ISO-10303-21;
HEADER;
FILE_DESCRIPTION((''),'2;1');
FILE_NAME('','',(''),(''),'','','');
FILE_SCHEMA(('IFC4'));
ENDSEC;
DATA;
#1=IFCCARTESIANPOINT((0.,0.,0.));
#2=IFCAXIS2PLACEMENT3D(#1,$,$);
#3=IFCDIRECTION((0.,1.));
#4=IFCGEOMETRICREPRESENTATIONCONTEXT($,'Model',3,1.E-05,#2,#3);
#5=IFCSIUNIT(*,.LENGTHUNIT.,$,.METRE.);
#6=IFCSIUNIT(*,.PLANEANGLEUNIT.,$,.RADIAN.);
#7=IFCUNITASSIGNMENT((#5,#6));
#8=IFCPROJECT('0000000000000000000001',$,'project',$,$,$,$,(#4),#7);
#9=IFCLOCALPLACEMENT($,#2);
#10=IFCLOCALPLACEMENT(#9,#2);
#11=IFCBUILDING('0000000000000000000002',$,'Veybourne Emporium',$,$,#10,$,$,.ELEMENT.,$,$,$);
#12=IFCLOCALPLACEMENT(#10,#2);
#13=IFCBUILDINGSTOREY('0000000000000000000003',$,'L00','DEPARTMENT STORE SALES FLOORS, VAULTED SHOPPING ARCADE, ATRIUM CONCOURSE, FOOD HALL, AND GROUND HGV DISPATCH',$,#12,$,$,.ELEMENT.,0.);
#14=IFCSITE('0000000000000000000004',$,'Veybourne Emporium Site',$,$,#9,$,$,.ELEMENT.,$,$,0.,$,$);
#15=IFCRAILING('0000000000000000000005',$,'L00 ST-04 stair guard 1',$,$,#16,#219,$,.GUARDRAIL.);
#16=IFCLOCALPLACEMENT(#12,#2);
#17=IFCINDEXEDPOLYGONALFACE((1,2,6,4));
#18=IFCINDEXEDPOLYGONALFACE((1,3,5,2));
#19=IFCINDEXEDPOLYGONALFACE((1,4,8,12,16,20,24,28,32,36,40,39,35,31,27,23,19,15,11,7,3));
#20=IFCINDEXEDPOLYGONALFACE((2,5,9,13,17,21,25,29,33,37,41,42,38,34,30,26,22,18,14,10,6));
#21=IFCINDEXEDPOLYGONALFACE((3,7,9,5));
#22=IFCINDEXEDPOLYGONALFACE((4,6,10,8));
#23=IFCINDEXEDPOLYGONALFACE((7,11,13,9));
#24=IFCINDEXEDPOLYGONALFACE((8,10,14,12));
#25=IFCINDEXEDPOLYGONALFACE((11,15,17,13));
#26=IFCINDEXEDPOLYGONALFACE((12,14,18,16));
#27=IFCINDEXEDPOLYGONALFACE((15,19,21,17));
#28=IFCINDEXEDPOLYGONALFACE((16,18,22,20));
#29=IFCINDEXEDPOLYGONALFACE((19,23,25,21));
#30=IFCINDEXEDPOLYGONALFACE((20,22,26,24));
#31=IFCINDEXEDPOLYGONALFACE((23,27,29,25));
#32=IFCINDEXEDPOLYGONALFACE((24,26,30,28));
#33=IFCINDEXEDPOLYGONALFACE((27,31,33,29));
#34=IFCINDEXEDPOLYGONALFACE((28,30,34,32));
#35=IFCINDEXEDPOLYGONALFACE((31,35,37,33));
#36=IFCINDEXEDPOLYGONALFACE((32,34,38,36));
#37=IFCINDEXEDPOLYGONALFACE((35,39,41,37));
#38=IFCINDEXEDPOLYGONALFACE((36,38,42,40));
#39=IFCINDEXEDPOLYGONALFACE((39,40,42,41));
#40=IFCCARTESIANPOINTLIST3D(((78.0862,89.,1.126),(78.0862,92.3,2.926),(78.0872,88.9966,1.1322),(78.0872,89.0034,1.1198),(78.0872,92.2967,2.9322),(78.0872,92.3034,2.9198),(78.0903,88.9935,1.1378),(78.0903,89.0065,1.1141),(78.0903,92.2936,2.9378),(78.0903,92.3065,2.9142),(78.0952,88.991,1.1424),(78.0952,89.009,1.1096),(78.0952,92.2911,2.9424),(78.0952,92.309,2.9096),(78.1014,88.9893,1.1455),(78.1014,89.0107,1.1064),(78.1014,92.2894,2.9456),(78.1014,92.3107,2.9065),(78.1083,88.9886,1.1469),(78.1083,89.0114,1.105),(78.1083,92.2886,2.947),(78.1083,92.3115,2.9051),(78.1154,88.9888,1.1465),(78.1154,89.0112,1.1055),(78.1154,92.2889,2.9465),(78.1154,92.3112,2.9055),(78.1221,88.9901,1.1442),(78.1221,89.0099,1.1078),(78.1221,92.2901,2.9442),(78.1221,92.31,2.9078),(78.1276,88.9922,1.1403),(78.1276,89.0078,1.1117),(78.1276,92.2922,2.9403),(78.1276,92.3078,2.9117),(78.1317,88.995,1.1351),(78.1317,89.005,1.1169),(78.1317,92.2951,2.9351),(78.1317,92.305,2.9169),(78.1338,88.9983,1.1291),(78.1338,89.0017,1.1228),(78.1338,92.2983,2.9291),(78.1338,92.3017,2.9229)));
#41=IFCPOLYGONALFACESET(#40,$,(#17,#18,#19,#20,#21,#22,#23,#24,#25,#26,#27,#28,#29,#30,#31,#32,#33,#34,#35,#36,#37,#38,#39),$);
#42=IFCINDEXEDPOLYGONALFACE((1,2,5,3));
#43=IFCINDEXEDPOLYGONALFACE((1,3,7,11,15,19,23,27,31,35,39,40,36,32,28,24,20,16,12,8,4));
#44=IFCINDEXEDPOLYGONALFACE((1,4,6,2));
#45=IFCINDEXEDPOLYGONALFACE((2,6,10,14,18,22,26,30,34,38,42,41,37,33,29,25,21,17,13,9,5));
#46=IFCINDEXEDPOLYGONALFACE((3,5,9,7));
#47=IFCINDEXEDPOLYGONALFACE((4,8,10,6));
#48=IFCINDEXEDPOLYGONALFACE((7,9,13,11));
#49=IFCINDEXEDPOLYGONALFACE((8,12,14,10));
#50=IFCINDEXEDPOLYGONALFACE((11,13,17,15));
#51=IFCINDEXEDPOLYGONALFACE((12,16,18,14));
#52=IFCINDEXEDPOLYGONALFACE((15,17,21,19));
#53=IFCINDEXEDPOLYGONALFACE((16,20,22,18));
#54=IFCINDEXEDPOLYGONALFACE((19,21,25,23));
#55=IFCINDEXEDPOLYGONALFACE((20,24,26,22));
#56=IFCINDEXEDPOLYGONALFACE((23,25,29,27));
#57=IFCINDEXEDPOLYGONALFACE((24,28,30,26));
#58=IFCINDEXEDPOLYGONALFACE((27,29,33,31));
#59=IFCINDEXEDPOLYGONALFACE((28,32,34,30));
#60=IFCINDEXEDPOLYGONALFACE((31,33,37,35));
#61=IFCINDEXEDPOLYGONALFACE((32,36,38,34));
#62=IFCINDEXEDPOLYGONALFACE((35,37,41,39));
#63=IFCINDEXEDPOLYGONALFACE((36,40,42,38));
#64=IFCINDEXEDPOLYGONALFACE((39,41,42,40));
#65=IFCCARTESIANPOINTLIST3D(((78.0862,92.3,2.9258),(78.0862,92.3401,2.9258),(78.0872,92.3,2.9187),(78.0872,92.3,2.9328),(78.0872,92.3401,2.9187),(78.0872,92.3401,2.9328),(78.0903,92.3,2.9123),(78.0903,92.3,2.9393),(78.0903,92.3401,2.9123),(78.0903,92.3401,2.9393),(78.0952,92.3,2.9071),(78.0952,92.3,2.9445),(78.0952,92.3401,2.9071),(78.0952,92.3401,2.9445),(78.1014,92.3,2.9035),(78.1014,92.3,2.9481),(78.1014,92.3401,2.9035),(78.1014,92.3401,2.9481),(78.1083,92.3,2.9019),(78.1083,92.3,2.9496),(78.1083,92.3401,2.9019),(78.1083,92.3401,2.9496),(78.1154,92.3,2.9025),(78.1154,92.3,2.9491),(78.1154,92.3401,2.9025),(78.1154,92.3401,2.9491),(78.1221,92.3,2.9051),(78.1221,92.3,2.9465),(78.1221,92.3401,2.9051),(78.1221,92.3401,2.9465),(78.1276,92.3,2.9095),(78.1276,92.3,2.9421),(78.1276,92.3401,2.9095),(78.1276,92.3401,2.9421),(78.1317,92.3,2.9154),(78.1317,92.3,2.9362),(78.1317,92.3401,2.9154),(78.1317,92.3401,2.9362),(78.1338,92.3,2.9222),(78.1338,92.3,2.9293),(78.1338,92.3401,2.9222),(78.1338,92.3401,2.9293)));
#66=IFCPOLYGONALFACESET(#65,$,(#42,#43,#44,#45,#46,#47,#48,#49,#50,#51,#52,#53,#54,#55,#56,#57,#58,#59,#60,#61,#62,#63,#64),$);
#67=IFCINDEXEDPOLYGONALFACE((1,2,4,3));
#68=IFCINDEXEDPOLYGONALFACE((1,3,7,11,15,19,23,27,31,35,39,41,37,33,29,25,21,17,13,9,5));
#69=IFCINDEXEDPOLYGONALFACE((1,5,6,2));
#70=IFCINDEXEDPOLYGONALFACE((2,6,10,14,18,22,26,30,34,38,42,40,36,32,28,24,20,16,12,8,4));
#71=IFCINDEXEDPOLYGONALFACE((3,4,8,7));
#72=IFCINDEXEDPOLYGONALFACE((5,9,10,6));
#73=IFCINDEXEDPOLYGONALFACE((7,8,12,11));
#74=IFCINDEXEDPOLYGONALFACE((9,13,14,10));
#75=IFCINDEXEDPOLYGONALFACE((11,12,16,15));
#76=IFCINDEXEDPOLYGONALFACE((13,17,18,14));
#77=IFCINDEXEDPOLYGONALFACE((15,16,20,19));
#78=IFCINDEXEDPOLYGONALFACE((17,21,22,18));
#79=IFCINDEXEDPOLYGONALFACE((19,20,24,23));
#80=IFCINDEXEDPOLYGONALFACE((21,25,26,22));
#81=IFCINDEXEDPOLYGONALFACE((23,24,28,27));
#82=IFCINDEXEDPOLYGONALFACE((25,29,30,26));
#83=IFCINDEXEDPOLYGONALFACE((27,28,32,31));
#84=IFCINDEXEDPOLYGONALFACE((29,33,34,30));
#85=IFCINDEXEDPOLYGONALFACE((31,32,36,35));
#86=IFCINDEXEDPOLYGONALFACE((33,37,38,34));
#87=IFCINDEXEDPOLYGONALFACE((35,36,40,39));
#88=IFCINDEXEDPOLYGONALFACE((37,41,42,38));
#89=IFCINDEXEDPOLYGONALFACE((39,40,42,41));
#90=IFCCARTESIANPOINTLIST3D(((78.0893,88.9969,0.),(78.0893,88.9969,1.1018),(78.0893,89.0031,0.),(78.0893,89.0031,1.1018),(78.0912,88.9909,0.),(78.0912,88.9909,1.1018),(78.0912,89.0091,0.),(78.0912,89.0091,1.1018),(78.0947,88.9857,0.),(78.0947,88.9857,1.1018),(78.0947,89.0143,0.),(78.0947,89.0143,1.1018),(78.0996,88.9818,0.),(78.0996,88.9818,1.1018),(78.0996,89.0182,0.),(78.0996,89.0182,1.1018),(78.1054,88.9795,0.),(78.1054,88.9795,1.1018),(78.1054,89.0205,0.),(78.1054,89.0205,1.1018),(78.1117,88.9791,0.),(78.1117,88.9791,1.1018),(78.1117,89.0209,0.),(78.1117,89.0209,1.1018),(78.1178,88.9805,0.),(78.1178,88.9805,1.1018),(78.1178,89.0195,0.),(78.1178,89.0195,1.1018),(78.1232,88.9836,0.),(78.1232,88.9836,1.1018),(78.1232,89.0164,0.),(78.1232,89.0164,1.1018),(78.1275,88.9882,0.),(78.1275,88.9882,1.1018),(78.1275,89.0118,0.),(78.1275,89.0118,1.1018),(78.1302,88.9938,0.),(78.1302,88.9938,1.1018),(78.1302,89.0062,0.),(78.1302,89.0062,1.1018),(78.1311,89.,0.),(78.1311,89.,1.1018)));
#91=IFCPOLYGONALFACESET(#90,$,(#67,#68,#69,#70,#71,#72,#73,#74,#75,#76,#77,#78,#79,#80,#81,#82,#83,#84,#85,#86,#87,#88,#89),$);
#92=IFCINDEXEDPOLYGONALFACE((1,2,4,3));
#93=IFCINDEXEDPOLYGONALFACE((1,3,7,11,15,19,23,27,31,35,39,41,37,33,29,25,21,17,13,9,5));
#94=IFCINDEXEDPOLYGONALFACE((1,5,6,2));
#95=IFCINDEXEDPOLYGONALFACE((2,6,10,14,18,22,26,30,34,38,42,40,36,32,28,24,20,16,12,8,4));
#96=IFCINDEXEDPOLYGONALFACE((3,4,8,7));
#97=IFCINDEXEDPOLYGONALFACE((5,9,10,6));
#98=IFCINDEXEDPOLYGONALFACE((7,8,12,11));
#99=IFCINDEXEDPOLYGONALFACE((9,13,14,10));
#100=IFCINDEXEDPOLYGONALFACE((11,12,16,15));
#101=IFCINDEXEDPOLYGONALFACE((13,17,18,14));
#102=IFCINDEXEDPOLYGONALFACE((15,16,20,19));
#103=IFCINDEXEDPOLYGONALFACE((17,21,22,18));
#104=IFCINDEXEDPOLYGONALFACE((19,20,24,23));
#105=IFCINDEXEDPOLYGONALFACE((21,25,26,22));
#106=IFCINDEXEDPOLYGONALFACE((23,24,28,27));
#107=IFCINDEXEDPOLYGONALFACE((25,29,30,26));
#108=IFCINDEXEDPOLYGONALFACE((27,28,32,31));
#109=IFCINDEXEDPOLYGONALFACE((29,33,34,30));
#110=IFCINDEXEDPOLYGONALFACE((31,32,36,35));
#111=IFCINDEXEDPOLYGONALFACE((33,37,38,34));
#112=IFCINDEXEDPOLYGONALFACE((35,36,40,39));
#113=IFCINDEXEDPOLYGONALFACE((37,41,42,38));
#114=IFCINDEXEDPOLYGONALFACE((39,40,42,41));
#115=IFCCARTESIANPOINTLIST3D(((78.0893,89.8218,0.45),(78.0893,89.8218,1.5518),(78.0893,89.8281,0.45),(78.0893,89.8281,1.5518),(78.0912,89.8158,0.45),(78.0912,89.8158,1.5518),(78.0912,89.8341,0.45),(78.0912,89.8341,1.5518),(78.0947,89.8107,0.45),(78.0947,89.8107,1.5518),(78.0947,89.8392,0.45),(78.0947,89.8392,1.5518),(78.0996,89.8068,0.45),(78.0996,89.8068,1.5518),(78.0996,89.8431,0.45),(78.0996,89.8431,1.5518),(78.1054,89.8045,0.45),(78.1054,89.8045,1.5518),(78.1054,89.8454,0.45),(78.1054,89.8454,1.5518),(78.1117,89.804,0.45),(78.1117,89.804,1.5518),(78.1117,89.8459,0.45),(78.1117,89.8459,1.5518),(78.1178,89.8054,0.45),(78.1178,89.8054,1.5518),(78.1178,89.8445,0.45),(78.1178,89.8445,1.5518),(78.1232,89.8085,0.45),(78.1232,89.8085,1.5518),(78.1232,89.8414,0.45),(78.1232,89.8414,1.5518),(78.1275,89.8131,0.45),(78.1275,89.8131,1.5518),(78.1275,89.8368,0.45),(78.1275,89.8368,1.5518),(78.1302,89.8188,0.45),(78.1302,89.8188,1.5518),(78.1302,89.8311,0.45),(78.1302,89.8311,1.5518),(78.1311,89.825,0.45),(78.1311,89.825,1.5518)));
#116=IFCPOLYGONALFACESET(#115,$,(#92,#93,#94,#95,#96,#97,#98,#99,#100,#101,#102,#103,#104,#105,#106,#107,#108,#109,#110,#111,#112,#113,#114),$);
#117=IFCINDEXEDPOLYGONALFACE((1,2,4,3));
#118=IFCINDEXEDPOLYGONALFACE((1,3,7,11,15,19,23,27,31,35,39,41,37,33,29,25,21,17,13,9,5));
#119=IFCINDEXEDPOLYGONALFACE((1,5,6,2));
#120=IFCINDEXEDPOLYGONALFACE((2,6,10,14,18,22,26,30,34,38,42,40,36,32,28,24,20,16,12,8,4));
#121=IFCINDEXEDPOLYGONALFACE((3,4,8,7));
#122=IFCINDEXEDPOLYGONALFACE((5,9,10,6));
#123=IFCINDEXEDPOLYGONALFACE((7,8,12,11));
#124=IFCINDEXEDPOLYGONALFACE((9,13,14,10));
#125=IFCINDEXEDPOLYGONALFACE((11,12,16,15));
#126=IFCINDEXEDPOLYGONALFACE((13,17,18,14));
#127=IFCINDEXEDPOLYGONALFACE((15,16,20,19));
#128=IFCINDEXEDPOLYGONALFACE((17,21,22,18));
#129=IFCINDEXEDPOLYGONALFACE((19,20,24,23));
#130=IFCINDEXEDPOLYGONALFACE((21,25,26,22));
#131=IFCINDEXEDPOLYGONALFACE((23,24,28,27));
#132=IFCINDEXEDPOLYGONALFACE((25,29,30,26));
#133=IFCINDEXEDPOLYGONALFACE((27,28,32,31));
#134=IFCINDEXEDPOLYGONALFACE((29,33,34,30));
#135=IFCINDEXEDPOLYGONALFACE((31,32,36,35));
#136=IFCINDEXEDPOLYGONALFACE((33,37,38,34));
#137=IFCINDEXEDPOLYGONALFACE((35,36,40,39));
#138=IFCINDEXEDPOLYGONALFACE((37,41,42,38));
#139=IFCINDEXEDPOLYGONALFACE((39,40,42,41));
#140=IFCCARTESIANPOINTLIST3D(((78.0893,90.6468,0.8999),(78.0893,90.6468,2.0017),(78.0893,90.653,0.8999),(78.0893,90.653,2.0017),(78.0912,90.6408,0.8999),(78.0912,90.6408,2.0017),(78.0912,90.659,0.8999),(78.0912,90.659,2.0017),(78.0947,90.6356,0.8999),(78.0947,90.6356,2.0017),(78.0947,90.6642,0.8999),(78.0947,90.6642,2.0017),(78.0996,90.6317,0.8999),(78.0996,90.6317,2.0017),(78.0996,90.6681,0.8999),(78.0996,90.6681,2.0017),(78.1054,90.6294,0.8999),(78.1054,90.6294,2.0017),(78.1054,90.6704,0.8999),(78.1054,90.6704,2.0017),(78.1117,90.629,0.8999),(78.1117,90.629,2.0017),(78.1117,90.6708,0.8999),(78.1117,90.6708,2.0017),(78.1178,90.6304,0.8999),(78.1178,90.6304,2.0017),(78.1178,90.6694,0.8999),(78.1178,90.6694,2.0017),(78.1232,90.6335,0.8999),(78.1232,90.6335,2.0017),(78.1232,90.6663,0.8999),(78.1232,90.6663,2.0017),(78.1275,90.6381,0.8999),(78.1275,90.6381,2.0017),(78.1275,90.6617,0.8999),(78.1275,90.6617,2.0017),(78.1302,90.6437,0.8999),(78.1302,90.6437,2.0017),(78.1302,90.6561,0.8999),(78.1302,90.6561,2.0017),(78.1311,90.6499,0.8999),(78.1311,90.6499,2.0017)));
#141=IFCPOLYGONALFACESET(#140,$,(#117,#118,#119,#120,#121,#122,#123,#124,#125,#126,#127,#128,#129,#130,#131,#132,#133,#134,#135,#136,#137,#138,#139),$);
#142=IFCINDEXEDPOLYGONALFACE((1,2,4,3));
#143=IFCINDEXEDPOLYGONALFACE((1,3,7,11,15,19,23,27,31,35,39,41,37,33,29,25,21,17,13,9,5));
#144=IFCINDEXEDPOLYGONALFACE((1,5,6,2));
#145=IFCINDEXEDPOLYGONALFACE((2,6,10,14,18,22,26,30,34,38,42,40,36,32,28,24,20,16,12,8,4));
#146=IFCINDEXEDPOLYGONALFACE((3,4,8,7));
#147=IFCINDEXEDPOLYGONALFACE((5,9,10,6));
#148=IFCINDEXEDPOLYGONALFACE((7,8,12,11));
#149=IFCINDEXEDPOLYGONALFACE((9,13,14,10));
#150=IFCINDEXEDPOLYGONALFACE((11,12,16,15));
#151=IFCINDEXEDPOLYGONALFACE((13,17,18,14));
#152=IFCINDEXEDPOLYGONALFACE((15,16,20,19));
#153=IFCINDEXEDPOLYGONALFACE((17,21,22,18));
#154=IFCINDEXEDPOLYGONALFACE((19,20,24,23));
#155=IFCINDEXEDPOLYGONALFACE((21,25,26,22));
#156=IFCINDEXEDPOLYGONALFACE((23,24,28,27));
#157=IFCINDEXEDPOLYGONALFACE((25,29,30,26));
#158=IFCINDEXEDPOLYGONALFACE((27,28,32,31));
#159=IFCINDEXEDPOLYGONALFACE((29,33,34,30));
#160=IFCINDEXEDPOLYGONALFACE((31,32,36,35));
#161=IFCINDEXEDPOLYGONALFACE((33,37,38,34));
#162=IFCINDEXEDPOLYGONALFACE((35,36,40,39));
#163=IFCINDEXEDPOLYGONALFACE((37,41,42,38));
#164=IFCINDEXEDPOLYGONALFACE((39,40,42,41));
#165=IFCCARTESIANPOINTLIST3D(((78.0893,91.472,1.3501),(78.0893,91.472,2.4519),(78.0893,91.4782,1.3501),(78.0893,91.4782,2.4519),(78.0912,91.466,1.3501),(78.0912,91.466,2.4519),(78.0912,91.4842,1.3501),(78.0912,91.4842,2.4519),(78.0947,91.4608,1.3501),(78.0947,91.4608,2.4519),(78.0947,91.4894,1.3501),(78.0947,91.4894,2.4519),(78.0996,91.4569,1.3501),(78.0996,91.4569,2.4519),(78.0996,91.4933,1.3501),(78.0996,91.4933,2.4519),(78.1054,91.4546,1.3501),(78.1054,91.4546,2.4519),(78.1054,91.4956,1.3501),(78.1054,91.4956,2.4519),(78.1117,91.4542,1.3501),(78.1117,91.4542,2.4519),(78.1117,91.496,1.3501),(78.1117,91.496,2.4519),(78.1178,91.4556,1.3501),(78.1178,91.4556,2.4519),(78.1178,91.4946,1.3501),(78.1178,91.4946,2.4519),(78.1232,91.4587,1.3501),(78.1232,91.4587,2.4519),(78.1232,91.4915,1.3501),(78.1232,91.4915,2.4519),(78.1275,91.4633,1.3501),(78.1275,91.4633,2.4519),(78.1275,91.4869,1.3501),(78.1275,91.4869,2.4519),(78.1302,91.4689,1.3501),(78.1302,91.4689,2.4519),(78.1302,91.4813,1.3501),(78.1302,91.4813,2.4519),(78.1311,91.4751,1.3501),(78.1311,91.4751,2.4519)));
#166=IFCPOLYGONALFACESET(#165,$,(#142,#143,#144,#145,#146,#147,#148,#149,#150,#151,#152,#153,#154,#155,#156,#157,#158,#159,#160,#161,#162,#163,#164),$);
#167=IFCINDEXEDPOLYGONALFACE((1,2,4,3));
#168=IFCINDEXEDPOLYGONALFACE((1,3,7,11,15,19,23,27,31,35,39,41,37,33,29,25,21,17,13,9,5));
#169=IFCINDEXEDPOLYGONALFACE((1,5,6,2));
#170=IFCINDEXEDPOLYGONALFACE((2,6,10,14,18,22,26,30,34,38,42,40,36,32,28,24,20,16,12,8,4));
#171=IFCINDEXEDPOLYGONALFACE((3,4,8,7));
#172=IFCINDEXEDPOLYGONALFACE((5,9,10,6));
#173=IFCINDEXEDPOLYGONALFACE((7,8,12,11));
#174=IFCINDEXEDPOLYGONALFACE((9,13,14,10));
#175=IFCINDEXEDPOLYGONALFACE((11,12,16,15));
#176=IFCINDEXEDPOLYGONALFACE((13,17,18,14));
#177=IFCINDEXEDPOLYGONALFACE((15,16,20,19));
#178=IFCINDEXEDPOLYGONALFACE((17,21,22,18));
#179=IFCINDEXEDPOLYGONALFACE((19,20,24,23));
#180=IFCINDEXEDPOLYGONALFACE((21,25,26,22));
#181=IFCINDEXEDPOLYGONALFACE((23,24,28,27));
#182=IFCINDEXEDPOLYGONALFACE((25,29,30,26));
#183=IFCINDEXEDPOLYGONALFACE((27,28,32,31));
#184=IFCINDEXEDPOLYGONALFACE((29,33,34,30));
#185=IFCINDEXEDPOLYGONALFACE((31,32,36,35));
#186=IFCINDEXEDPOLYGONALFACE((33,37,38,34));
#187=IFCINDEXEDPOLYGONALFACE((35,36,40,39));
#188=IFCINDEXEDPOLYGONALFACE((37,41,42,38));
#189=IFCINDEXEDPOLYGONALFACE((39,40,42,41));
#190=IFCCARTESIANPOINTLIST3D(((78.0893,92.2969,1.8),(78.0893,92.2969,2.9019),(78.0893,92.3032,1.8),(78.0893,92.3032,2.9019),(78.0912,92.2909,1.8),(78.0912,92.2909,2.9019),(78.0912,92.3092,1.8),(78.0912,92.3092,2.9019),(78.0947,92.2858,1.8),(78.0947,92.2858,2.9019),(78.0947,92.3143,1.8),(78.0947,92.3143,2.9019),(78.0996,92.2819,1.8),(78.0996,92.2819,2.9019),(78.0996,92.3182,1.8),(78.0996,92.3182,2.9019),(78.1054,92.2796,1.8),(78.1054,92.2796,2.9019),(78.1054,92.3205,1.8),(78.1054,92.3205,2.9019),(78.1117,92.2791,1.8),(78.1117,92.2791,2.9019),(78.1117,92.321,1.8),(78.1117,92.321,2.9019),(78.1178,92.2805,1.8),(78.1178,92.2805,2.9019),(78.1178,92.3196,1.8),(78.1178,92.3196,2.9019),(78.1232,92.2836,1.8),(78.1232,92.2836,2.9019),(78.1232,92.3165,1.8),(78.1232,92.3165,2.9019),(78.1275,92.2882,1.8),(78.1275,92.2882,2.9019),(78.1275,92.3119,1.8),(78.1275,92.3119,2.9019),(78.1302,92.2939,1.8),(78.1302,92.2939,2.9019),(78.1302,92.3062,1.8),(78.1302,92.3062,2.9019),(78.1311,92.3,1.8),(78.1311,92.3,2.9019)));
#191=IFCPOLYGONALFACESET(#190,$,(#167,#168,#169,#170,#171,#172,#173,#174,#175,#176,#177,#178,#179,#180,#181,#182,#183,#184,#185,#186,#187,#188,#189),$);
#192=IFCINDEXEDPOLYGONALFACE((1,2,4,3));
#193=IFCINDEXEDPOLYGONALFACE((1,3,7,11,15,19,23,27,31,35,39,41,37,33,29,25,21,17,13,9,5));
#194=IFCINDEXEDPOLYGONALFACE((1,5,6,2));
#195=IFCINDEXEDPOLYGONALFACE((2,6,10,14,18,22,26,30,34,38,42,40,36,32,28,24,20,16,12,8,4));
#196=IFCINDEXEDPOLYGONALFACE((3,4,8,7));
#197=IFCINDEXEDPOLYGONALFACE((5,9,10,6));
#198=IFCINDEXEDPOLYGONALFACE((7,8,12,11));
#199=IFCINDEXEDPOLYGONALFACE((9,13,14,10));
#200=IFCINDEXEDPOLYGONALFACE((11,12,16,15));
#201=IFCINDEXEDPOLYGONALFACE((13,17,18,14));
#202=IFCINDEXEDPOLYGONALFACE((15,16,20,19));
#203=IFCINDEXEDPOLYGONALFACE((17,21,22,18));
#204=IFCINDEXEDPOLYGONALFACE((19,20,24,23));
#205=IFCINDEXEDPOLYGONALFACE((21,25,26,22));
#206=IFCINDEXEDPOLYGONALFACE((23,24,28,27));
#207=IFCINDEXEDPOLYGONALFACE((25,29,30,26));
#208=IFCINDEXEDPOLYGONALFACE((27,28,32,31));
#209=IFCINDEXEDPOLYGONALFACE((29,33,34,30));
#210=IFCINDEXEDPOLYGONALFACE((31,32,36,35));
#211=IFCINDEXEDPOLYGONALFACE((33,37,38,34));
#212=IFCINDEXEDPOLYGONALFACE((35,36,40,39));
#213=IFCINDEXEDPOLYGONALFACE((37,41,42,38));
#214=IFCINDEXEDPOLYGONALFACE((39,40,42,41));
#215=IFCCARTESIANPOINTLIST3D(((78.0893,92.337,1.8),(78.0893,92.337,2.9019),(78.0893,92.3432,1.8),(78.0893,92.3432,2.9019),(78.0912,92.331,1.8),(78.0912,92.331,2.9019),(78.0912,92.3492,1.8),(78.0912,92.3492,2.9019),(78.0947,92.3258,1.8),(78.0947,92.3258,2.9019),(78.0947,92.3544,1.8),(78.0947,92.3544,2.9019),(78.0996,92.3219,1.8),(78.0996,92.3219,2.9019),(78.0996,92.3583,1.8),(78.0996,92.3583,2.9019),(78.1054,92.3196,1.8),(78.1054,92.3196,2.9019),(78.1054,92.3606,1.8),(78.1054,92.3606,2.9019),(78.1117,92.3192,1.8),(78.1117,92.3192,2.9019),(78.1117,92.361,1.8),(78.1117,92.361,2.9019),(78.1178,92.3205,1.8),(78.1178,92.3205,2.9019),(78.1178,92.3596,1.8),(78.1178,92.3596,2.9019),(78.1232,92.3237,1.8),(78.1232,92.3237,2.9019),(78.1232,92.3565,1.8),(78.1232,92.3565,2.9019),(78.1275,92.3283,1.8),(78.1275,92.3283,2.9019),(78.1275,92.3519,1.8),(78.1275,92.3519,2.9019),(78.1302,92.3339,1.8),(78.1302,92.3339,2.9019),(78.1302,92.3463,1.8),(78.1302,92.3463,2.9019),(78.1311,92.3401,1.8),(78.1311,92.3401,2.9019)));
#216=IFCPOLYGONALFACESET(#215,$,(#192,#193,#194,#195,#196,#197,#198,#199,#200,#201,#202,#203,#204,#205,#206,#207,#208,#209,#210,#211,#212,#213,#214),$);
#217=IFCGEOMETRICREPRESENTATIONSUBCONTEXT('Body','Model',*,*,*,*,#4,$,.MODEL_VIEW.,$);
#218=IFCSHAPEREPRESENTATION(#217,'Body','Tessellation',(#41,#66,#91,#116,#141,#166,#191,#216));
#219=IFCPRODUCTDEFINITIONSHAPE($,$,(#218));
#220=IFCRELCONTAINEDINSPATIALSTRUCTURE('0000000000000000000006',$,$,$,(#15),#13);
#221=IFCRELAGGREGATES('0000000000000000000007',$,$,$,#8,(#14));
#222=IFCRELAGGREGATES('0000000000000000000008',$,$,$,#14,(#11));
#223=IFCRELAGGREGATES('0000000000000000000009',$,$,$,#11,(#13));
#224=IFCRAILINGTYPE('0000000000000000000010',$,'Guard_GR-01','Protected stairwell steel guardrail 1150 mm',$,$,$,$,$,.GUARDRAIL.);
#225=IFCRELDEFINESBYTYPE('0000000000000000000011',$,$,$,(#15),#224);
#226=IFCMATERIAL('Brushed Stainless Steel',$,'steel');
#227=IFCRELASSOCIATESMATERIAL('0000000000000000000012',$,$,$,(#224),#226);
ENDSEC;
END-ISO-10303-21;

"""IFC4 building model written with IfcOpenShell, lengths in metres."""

from ifc_helpers import new_model, si_unit, direction, frame, origin, origin_2d, place, context, subcontext, project, spatial, circle, extrude, material, type_object, element, save


model = new_model("IFC4")

# Units and contexts
model_context = context("Model", 3, precision=1e-05, world=origin(), true_north=direction((0.0, 1.0)))
body_context = subcontext(model_context, "Body", "Model", "MODEL_VIEW")
ifc_project = project(units=[si_unit("LENGTHUNIT", "METRE"), si_unit("PLANEANGLEUNIT", "RADIAN")], contexts=[model_context])

# Site, building, storey
site_placement = place(None, origin())
site = spatial("IfcSite", under=ifc_project, at=site_placement, Name="Veybourne Emporium Site", CompositionType="ELEMENT", RefElevation=0.0)
building_placement = place(site_placement, origin())
building = spatial("IfcBuilding", under=site, at=building_placement, Name="Veybourne Emporium", CompositionType="ELEMENT")
storey_placement = place(building_placement, origin())
storey = spatial("IfcBuildingStorey", under=building, at=storey_placement, Name="L00", Description="DEPARTMENT STORE SALES FLOORS, VAULTED SHOPPING ARCADE, ATRIUM CONCOURSE, FOOD HALL, AND GROUND HGV DISPATCH", CompositionType="ELEMENT", Elevation=0.0)

# Railing
ifc_material_1 = material(Name="Brushed Stainless Steel", Category="steel")
railing_type_1 = type_object("IfcRailingType", Name="Guard_GR-01", Description="Protected stairwell steel guardrail 1150 mm", PredefinedType="GUARDRAIL", material=ifc_material_1)
railing_1_placement = place(storey_placement, frame((78.1101, 89.0, 0.0)))
element("IfcRailing", 1, at=railing_1_placement, inside=storey, type_object=railing_type_1, Name="L00 ST-04 stair guard 1", PredefinedType="GUARDRAIL", context=body_context, shape_type="SweptSolid", body=[
    extrude(circle(Radius=0.0239, at=origin_2d()), frame((0.0, 0.0, 1.126), z_axis=(0.0, 0.877893, 0.478857), x_axis=(-1.0, 0.0, 0.0)), (0.0, 0.0, 1.0), 3.759),
    extrude(circle(Radius=0.0239, at=origin_2d()), frame((0.0, 3.3, 2.9258), z_axis=(0.0, 1.0, 0.0), x_axis=(-1.0, 0.0, 0.0)), (0.0, 0.0, 1.0), 0.04),
    extrude(circle(Radius=0.021, at=origin_2d()), origin(), (0.0, 0.0, 1.0), 1.1018),
    extrude(circle(Radius=0.021, at=origin_2d()), frame((0.0, 0.825, 0.45)), (0.0, 0.0, 1.0), 1.1018),
    extrude(circle(Radius=0.021, at=origin_2d()), frame((0.0, 1.6499, 0.8999)), (0.0, 0.0, 1.0), 1.1018),
    extrude(circle(Radius=0.021, at=origin_2d()), frame((0.0, 2.4751, 1.3501)), (0.0, 0.0, 1.0), 1.1018),
    extrude(circle(Radius=0.021, at=origin_2d()), frame((0.0, 3.3, 1.8)), (0.0, 0.0, 1.0), 1.1018),
    extrude(circle(Radius=0.021, at=origin_2d()), frame((0.0, 3.3401, 1.8)), (0.0, 0.0, 1.0), 1.1018),
])

save(model, "model.ifc")
